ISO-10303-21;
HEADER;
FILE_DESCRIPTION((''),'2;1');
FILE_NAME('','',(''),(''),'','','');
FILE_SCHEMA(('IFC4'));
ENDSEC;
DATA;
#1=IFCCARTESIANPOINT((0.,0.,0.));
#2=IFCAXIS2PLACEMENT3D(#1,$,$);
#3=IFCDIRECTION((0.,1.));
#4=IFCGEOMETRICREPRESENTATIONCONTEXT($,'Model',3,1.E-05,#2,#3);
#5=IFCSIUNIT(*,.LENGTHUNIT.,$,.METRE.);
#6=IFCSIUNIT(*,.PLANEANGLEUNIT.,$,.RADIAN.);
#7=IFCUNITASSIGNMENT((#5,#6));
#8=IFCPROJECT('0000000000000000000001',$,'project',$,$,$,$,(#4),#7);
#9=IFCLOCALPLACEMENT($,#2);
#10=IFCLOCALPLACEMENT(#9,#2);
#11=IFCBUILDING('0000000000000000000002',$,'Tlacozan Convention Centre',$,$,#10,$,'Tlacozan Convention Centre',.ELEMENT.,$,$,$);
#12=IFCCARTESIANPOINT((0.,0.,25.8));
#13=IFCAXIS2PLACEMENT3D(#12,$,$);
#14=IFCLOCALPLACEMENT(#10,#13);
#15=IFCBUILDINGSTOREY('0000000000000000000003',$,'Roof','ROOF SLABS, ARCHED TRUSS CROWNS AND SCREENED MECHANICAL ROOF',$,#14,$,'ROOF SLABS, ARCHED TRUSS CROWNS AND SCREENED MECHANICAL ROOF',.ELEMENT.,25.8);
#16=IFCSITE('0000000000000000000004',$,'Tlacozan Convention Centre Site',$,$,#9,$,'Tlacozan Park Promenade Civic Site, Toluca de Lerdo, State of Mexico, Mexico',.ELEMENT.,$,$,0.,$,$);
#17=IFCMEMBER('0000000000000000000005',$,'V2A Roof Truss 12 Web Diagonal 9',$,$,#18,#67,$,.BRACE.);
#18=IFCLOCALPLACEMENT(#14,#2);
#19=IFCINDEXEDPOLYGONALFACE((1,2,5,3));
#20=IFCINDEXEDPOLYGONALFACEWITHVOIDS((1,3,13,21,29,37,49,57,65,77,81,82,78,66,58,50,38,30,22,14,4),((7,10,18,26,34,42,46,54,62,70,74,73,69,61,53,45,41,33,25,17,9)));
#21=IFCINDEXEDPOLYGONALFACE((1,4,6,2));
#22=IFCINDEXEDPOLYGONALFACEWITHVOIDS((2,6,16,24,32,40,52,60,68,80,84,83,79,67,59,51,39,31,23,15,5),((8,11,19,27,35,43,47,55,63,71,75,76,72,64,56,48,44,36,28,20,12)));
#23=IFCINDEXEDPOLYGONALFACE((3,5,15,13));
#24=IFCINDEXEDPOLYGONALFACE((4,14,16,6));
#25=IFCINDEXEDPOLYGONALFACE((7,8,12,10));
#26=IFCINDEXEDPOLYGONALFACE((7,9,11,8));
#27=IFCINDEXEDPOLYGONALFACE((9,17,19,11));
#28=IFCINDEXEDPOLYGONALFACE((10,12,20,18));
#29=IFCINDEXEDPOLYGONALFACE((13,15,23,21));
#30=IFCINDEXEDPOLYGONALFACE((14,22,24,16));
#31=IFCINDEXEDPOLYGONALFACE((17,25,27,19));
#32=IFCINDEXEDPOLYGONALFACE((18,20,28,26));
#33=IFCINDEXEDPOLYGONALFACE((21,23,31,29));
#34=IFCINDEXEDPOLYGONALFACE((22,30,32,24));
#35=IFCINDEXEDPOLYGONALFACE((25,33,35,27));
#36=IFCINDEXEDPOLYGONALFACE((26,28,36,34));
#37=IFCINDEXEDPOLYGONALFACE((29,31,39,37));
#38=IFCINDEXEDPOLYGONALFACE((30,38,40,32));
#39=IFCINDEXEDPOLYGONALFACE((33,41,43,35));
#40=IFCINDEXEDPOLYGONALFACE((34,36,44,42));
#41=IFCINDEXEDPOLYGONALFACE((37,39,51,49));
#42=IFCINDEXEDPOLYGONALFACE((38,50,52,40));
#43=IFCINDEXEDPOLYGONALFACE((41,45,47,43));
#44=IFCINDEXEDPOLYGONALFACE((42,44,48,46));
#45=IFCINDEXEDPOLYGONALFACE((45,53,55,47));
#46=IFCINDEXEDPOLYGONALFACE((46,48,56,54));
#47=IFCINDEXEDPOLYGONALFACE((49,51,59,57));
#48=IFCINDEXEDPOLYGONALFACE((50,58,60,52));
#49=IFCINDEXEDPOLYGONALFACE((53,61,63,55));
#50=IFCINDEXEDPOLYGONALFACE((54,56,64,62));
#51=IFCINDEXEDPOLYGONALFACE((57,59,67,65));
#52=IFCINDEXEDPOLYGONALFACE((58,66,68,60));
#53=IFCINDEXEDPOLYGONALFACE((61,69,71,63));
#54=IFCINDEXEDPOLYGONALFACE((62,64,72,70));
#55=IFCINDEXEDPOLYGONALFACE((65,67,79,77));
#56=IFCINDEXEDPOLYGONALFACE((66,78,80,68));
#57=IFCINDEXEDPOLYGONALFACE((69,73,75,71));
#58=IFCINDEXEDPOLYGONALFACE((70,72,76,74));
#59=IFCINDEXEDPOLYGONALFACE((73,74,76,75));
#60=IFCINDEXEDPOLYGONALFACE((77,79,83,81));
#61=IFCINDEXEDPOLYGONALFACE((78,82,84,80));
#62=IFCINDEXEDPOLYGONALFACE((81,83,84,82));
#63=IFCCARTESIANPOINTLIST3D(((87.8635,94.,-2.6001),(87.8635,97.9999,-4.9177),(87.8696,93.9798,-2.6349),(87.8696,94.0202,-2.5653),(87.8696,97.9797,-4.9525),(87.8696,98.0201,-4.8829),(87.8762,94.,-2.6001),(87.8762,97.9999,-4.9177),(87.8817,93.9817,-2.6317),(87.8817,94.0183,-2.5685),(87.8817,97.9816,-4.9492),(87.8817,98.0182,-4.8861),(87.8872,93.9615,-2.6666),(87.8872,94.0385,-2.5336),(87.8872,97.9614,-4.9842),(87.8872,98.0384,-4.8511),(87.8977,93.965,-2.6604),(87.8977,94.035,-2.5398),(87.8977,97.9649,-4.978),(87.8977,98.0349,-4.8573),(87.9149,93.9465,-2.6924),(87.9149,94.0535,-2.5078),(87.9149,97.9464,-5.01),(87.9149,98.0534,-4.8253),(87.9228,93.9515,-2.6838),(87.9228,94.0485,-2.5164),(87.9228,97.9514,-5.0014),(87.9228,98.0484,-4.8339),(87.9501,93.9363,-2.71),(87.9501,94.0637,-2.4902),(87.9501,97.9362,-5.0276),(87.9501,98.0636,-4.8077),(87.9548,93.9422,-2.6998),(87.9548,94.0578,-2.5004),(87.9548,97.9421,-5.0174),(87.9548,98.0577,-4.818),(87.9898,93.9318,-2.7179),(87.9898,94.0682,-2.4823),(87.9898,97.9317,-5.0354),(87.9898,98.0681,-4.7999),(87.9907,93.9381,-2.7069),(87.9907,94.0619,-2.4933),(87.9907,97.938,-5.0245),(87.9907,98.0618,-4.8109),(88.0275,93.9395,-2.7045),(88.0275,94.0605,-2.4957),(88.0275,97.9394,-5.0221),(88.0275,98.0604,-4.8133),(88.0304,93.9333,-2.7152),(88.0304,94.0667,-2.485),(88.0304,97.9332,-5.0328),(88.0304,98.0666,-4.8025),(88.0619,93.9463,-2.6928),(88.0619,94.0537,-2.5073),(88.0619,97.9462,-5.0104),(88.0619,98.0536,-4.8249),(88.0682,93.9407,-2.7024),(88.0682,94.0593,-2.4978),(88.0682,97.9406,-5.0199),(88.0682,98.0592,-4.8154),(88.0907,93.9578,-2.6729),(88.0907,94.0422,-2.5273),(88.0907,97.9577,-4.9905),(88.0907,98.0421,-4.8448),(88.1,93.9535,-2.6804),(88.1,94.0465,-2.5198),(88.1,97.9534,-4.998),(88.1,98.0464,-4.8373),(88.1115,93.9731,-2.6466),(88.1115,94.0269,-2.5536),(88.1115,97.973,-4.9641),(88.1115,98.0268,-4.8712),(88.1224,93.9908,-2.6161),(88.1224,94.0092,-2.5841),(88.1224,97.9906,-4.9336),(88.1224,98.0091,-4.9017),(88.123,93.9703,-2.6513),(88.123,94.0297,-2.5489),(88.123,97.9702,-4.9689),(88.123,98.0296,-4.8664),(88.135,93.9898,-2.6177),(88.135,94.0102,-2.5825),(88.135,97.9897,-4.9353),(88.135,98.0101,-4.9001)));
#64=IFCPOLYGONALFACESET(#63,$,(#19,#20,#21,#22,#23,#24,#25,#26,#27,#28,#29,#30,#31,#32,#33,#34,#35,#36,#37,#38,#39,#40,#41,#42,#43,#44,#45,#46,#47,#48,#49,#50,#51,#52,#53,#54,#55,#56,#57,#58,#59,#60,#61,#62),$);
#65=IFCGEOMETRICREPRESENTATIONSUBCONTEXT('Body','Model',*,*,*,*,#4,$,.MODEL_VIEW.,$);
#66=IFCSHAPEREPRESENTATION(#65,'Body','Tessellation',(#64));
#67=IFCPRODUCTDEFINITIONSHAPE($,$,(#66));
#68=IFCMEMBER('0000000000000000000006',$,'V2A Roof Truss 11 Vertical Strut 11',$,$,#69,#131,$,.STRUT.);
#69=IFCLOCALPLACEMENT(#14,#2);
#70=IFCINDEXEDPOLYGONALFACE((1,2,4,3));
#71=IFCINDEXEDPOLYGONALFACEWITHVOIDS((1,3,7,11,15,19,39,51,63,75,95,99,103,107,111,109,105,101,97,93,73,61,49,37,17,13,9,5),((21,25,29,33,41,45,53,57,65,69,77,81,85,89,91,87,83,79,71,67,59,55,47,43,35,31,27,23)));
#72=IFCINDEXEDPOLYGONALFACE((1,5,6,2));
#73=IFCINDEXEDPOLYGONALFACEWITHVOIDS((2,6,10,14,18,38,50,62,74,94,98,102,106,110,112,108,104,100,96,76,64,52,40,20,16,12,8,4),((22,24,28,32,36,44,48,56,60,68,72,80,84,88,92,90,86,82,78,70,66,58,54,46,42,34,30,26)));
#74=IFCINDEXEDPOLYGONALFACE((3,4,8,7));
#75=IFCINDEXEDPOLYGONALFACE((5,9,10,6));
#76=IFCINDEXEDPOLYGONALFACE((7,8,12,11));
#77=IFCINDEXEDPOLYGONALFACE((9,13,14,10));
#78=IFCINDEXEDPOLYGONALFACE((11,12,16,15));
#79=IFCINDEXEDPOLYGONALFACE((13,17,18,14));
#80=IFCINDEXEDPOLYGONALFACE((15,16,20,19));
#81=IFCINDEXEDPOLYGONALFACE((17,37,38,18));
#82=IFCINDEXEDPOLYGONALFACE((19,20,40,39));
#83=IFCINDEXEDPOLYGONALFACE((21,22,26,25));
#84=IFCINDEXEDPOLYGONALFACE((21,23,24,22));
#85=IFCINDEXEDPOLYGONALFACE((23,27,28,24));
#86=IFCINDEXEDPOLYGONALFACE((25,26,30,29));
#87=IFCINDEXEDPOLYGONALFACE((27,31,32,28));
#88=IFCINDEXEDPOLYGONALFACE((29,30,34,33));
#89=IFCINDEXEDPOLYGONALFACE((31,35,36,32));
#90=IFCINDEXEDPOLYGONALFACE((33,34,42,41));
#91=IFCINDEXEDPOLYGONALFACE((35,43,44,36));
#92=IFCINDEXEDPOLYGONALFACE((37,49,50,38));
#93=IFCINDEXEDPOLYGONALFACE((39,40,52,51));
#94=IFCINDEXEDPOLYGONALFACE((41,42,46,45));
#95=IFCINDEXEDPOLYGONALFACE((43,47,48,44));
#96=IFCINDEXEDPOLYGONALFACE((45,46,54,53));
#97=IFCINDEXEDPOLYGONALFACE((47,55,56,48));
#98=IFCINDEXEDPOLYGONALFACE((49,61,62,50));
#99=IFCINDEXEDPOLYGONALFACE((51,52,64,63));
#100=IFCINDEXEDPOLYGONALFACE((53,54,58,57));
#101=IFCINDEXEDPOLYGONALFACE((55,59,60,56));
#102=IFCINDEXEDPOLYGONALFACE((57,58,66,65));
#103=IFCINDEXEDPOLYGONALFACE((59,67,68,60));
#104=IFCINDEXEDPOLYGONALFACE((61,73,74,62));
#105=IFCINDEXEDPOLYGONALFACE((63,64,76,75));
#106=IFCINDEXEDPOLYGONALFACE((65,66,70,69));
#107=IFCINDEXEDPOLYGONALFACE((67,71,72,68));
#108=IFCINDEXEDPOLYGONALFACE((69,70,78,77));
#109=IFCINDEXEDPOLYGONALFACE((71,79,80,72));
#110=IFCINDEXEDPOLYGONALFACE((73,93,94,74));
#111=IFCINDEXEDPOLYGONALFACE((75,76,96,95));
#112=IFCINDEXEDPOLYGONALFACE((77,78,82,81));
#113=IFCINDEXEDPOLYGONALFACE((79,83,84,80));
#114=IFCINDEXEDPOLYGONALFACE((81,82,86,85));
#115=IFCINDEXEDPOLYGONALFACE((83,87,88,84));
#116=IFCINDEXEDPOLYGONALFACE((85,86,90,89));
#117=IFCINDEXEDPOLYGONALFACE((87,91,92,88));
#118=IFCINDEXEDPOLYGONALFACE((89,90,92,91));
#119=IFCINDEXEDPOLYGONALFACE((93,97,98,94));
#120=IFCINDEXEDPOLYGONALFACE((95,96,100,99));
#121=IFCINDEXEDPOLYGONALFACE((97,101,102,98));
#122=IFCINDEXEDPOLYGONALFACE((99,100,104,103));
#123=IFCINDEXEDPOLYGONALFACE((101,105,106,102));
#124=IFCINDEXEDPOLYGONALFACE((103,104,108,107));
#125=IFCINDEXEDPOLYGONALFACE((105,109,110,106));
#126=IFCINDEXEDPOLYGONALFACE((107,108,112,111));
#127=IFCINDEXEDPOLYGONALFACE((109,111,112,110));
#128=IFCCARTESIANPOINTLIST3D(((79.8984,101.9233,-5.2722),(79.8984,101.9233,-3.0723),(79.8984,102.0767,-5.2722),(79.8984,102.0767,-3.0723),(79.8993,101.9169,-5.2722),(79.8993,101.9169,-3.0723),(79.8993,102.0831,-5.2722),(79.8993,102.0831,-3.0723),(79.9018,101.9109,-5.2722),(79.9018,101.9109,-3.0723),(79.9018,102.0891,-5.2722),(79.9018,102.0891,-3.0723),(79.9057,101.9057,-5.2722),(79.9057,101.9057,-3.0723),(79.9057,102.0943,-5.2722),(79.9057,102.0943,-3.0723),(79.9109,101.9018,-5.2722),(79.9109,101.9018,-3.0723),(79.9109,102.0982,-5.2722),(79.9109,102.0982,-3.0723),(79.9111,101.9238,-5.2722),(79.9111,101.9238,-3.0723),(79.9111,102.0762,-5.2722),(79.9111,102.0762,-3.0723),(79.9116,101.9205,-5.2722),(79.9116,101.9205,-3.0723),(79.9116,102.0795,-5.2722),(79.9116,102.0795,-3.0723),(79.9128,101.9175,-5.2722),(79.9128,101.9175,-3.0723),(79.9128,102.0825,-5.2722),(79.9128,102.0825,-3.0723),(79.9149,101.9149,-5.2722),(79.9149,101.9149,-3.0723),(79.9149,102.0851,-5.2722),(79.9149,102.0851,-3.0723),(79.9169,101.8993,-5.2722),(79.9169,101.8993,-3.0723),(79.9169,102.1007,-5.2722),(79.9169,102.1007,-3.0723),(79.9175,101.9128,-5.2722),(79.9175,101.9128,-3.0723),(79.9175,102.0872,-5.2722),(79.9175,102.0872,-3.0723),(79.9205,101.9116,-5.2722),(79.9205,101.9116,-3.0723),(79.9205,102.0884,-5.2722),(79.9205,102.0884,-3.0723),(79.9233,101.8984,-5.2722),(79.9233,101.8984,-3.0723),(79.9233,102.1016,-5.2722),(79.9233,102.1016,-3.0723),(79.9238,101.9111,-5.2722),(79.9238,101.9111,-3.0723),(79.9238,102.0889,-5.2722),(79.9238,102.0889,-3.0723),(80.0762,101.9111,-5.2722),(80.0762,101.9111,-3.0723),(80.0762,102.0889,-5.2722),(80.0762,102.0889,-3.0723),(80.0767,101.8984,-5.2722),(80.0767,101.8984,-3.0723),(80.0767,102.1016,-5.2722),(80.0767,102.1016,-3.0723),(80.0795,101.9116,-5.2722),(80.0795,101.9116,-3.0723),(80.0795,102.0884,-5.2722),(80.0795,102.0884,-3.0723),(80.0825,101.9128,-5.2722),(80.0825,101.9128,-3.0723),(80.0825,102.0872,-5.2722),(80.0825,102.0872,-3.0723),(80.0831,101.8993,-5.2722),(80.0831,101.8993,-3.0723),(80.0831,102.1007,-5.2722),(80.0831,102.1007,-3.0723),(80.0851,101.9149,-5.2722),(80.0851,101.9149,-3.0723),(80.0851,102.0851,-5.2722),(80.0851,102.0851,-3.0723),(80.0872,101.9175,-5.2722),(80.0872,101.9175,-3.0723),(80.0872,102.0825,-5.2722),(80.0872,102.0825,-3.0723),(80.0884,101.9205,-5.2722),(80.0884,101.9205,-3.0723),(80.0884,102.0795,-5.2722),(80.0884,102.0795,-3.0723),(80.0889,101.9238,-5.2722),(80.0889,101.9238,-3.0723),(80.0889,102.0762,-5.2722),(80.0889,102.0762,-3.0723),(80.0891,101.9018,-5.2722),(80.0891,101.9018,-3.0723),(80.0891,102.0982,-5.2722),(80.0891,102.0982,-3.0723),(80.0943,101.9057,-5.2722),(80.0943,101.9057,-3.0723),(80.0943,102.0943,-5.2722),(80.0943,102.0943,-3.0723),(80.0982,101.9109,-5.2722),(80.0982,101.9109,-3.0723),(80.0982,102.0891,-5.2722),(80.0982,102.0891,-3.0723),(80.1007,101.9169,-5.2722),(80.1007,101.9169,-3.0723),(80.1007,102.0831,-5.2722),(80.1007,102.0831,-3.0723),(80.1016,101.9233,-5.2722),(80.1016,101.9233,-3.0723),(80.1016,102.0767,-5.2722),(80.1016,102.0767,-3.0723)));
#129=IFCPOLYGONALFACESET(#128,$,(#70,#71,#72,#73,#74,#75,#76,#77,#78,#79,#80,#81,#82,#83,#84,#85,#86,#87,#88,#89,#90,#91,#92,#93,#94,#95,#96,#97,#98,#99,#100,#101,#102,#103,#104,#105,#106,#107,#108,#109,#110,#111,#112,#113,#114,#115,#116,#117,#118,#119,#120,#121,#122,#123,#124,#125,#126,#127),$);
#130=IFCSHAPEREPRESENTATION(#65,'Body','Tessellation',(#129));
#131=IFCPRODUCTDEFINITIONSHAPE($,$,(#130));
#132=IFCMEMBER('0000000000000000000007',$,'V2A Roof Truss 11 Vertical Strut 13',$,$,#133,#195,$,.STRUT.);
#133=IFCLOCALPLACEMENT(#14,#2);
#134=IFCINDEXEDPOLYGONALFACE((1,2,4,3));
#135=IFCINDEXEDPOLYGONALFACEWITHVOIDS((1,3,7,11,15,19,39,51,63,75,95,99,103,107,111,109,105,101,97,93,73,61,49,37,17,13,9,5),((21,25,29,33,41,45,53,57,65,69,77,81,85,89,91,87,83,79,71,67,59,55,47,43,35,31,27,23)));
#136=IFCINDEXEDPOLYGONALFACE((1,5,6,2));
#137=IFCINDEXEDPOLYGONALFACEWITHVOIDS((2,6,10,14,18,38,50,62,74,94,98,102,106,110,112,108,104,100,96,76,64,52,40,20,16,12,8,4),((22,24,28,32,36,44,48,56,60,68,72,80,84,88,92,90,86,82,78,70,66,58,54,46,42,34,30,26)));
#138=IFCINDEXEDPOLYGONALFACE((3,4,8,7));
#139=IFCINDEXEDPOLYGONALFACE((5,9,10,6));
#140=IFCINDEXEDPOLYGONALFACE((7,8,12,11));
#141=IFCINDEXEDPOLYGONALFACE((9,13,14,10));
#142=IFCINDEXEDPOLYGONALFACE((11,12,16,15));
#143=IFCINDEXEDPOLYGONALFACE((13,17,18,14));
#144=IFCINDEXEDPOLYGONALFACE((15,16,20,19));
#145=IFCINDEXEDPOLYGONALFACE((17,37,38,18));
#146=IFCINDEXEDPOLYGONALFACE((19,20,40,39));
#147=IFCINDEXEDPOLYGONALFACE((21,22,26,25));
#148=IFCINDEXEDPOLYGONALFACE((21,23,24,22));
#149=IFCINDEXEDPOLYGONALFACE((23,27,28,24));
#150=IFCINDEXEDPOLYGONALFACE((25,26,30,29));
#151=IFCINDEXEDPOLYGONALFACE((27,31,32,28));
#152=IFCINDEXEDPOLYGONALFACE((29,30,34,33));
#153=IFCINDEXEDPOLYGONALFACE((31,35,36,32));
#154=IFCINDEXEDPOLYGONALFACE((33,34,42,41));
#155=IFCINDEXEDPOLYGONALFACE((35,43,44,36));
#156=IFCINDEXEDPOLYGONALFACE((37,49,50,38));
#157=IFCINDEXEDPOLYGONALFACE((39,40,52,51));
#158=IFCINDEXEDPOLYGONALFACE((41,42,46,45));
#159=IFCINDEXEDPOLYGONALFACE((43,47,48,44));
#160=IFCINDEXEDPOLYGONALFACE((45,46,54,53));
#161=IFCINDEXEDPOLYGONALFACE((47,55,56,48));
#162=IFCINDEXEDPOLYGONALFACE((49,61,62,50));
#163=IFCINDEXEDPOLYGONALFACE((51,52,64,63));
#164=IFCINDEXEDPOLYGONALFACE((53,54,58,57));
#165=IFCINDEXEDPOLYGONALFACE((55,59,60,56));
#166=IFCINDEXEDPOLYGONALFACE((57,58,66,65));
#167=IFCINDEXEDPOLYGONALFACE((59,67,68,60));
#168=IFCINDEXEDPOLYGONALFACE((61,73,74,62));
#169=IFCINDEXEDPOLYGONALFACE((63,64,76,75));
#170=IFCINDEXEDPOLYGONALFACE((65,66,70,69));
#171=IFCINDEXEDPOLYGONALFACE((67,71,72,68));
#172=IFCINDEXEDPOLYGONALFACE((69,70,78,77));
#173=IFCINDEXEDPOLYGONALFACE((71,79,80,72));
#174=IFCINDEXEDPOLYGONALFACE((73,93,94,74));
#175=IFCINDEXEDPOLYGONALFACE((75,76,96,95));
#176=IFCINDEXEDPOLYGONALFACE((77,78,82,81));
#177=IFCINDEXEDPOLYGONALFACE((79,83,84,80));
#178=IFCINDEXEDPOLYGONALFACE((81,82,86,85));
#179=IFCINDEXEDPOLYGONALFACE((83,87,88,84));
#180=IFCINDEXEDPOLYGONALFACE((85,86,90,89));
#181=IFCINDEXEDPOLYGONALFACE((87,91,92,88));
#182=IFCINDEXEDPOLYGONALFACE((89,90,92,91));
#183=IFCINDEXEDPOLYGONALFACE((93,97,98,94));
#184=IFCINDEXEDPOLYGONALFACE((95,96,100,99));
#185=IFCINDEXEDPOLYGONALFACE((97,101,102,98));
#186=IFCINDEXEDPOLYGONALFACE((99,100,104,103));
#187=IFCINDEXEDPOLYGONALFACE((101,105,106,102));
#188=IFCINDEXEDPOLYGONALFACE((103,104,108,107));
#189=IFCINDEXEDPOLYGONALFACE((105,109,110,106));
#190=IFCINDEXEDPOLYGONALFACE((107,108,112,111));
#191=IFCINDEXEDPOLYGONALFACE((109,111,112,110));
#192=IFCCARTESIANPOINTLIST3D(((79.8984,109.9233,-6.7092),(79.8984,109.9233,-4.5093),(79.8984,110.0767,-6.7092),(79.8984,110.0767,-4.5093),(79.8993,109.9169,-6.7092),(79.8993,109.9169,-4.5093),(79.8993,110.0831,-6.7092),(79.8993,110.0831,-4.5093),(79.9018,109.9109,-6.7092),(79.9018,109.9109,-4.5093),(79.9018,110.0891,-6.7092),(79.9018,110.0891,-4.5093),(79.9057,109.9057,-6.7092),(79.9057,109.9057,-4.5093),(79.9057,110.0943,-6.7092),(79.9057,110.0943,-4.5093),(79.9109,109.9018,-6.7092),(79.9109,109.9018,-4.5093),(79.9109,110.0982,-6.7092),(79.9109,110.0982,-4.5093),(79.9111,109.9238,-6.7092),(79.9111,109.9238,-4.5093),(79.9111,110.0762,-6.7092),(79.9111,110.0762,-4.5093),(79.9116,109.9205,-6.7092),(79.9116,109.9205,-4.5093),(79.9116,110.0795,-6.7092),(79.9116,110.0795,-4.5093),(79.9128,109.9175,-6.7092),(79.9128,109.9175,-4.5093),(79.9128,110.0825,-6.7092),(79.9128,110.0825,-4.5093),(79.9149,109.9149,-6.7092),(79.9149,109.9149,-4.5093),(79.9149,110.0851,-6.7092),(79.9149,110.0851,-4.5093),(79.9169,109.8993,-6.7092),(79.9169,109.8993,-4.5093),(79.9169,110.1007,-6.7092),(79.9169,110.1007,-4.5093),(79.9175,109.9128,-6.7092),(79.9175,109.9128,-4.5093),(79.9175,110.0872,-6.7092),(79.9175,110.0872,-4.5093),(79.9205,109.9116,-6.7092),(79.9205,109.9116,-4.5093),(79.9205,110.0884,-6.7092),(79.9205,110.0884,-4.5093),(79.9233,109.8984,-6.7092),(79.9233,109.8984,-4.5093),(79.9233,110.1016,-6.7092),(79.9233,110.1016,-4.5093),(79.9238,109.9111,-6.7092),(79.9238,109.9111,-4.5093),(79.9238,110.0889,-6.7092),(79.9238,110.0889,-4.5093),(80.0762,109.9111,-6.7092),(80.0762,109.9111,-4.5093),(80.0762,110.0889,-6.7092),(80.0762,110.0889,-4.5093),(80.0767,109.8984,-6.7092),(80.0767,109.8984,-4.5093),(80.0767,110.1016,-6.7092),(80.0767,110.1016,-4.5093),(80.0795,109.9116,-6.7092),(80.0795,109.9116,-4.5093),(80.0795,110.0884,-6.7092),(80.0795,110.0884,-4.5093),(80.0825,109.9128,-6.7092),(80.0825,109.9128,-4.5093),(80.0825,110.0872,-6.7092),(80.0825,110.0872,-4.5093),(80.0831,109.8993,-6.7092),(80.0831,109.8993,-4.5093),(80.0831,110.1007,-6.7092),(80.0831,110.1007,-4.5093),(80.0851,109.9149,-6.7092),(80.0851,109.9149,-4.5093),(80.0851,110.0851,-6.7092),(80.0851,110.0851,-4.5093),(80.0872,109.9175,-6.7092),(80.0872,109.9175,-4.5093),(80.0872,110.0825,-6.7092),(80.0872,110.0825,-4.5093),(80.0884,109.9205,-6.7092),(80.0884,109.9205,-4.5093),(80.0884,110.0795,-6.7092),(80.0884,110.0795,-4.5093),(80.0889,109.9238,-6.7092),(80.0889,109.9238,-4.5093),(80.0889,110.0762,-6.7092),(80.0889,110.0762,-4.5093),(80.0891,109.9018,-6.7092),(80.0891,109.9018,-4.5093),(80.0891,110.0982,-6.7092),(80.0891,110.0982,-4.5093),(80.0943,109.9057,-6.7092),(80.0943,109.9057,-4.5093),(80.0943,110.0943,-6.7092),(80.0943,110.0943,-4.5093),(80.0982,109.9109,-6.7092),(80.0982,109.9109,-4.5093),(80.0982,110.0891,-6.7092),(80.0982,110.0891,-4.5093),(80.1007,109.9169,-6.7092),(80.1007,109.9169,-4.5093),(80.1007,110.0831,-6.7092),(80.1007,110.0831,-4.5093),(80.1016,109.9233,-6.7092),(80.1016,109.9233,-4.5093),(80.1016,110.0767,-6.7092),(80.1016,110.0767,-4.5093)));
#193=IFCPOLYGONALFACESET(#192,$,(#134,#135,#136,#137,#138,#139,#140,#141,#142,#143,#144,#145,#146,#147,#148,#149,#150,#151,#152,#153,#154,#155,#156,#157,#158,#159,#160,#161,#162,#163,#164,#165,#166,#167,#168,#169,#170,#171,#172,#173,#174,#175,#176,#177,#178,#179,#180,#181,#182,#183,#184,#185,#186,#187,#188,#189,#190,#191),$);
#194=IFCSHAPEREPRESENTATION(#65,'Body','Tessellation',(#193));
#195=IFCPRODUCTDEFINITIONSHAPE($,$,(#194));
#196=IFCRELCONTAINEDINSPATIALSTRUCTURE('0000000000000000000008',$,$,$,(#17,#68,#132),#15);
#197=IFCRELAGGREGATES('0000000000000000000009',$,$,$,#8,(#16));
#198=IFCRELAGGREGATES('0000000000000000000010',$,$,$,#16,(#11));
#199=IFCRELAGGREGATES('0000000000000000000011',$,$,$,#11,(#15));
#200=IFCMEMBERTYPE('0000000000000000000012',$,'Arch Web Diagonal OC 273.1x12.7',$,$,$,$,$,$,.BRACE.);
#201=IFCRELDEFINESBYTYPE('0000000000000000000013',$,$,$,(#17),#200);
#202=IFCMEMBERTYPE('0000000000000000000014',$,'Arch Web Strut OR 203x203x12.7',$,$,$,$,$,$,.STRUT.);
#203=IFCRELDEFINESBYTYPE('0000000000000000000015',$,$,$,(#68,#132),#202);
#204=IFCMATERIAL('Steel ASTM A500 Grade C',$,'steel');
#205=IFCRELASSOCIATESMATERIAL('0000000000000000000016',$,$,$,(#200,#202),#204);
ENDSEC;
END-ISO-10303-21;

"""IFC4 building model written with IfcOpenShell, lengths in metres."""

from ifc_helpers import new_model, si_unit, direction, frame, origin, origin_2d, place, context, subcontext, project, spatial, hollow_rectangle, hollow_circle, extrude, material, material_profile, profile_set, type_object, element, save


model = new_model("IFC4")

# Units and contexts
model_context = context("Model", 3, precision=1e-05, world=origin(), true_north=direction((0.0, 1.0)))
body_context = subcontext(model_context, "Body", "Model", "MODEL_VIEW")
ifc_project = project(units=[si_unit("LENGTHUNIT", "METRE"), si_unit("PLANEANGLEUNIT", "RADIAN")], contexts=[model_context])

# Site, building, storey
site_placement = place(None, origin())
site = spatial("IfcSite", under=ifc_project, at=site_placement, Name="Tlacozan Convention Centre Site", LongName="Tlacozan Park Promenade Civic Site, Toluca de Lerdo, State of Mexico, Mexico", CompositionType="ELEMENT", RefElevation=0.0)
building_placement = place(site_placement, origin())
building = spatial("IfcBuilding", under=site, at=building_placement, Name="Tlacozan Convention Centre", LongName="Tlacozan Convention Centre", CompositionType="ELEMENT")
storey_placement = place(building_placement, frame((0.0, 0.0, 25.8)))
storey = spatial("IfcBuildingStorey", under=building, at=storey_placement, Name="Roof", Description="ROOF SLABS, ARCHED TRUSS CROWNS AND SCREENED MECHANICAL ROOF", LongName="ROOF SLABS, ARCHED TRUSS CROWNS AND SCREENED MECHANICAL ROOF", CompositionType="ELEMENT", Elevation=25.8)

# Members
ifc_material_1 = material(Name="Steel ASTM A500 Grade C", Category="steel")
ifc_material_profile_1 = material_profile(ifc_material_1, hollow_circle(Radius=0.1365, WallThickness=0.0127, at=origin_2d()), Name="OC 273.1x12.7")
ifc_profile_set_1 = profile_set([ifc_material_profile_1], Name="Steel ASTM A500 Grade C")
member_type_1 = type_object("IfcMemberType", Name="Arch Web Diagonal OC 273.1x12.7", PredefinedType="BRACE", material=ifc_profile_set_1)
member_1_placement = place(storey_placement, frame((88.0, 94.0, -2.6001), z_axis=(0.0, 0.865254, -0.501334), x_axis=(-1.0, 0.0, 0.0)))
element("IfcMember", 1, at=member_1_placement, inside=storey, type_object=member_type_1, Name="V2A Roof Truss 12 Web Diagonal 9", PredefinedType="BRACE", context=body_context, shape_type="SweptSolid", body=[
    extrude(hollow_circle(Radius=0.1365, WallThickness=0.0127, at=origin_2d()), origin(), (0.0, 0.0, 1.0), 4.6228),
])
ifc_material_profile_2 = material_profile(ifc_material_1, hollow_rectangle(XDim=0.2031, YDim=0.2031, WallThickness=0.0127, InnerFilletRadius=0.0127, OuterFilletRadius=0.0249, at=origin_2d()), Name="OR 203x203x12.7")
ifc_profile_set_2 = profile_set([ifc_material_profile_2], Name="Steel ASTM A500 Grade C")
member_type_2 = type_object("IfcMemberType", Name="Arch Web Strut OR 203x203x12.7", PredefinedType="STRUT", material=ifc_profile_set_2)
for number, where, z_axis, x_axis, name in (
    (2, (80.0, 102.0, -5.2722), (0.0, 0.0, 1.0), (1.0, 0.0, 0.0), "V2A Roof Truss 11 Vertical Strut 11"),
    (3, (80.0, 110.0, -6.7092), (0.0, 0.0, 1.0), (1.0, 0.0, 0.0), "V2A Roof Truss 11 Vertical Strut 13"),
):
    element("IfcMember", number, at=place(storey_placement, frame(where, z_axis=z_axis, x_axis=x_axis)), inside=storey, type_object=member_type_2, Name=name, PredefinedType="STRUT", context=body_context, shape_type="SweptSolid", body=[
        extrude(hollow_rectangle(XDim=0.2031, YDim=0.2031, WallThickness=0.0127, InnerFilletRadius=0.0127, OuterFilletRadius=0.0249, at=origin_2d()), origin(), (0.0, 0.0, 1.0), 2.2),
    ])

save(model, "model.ifc")
